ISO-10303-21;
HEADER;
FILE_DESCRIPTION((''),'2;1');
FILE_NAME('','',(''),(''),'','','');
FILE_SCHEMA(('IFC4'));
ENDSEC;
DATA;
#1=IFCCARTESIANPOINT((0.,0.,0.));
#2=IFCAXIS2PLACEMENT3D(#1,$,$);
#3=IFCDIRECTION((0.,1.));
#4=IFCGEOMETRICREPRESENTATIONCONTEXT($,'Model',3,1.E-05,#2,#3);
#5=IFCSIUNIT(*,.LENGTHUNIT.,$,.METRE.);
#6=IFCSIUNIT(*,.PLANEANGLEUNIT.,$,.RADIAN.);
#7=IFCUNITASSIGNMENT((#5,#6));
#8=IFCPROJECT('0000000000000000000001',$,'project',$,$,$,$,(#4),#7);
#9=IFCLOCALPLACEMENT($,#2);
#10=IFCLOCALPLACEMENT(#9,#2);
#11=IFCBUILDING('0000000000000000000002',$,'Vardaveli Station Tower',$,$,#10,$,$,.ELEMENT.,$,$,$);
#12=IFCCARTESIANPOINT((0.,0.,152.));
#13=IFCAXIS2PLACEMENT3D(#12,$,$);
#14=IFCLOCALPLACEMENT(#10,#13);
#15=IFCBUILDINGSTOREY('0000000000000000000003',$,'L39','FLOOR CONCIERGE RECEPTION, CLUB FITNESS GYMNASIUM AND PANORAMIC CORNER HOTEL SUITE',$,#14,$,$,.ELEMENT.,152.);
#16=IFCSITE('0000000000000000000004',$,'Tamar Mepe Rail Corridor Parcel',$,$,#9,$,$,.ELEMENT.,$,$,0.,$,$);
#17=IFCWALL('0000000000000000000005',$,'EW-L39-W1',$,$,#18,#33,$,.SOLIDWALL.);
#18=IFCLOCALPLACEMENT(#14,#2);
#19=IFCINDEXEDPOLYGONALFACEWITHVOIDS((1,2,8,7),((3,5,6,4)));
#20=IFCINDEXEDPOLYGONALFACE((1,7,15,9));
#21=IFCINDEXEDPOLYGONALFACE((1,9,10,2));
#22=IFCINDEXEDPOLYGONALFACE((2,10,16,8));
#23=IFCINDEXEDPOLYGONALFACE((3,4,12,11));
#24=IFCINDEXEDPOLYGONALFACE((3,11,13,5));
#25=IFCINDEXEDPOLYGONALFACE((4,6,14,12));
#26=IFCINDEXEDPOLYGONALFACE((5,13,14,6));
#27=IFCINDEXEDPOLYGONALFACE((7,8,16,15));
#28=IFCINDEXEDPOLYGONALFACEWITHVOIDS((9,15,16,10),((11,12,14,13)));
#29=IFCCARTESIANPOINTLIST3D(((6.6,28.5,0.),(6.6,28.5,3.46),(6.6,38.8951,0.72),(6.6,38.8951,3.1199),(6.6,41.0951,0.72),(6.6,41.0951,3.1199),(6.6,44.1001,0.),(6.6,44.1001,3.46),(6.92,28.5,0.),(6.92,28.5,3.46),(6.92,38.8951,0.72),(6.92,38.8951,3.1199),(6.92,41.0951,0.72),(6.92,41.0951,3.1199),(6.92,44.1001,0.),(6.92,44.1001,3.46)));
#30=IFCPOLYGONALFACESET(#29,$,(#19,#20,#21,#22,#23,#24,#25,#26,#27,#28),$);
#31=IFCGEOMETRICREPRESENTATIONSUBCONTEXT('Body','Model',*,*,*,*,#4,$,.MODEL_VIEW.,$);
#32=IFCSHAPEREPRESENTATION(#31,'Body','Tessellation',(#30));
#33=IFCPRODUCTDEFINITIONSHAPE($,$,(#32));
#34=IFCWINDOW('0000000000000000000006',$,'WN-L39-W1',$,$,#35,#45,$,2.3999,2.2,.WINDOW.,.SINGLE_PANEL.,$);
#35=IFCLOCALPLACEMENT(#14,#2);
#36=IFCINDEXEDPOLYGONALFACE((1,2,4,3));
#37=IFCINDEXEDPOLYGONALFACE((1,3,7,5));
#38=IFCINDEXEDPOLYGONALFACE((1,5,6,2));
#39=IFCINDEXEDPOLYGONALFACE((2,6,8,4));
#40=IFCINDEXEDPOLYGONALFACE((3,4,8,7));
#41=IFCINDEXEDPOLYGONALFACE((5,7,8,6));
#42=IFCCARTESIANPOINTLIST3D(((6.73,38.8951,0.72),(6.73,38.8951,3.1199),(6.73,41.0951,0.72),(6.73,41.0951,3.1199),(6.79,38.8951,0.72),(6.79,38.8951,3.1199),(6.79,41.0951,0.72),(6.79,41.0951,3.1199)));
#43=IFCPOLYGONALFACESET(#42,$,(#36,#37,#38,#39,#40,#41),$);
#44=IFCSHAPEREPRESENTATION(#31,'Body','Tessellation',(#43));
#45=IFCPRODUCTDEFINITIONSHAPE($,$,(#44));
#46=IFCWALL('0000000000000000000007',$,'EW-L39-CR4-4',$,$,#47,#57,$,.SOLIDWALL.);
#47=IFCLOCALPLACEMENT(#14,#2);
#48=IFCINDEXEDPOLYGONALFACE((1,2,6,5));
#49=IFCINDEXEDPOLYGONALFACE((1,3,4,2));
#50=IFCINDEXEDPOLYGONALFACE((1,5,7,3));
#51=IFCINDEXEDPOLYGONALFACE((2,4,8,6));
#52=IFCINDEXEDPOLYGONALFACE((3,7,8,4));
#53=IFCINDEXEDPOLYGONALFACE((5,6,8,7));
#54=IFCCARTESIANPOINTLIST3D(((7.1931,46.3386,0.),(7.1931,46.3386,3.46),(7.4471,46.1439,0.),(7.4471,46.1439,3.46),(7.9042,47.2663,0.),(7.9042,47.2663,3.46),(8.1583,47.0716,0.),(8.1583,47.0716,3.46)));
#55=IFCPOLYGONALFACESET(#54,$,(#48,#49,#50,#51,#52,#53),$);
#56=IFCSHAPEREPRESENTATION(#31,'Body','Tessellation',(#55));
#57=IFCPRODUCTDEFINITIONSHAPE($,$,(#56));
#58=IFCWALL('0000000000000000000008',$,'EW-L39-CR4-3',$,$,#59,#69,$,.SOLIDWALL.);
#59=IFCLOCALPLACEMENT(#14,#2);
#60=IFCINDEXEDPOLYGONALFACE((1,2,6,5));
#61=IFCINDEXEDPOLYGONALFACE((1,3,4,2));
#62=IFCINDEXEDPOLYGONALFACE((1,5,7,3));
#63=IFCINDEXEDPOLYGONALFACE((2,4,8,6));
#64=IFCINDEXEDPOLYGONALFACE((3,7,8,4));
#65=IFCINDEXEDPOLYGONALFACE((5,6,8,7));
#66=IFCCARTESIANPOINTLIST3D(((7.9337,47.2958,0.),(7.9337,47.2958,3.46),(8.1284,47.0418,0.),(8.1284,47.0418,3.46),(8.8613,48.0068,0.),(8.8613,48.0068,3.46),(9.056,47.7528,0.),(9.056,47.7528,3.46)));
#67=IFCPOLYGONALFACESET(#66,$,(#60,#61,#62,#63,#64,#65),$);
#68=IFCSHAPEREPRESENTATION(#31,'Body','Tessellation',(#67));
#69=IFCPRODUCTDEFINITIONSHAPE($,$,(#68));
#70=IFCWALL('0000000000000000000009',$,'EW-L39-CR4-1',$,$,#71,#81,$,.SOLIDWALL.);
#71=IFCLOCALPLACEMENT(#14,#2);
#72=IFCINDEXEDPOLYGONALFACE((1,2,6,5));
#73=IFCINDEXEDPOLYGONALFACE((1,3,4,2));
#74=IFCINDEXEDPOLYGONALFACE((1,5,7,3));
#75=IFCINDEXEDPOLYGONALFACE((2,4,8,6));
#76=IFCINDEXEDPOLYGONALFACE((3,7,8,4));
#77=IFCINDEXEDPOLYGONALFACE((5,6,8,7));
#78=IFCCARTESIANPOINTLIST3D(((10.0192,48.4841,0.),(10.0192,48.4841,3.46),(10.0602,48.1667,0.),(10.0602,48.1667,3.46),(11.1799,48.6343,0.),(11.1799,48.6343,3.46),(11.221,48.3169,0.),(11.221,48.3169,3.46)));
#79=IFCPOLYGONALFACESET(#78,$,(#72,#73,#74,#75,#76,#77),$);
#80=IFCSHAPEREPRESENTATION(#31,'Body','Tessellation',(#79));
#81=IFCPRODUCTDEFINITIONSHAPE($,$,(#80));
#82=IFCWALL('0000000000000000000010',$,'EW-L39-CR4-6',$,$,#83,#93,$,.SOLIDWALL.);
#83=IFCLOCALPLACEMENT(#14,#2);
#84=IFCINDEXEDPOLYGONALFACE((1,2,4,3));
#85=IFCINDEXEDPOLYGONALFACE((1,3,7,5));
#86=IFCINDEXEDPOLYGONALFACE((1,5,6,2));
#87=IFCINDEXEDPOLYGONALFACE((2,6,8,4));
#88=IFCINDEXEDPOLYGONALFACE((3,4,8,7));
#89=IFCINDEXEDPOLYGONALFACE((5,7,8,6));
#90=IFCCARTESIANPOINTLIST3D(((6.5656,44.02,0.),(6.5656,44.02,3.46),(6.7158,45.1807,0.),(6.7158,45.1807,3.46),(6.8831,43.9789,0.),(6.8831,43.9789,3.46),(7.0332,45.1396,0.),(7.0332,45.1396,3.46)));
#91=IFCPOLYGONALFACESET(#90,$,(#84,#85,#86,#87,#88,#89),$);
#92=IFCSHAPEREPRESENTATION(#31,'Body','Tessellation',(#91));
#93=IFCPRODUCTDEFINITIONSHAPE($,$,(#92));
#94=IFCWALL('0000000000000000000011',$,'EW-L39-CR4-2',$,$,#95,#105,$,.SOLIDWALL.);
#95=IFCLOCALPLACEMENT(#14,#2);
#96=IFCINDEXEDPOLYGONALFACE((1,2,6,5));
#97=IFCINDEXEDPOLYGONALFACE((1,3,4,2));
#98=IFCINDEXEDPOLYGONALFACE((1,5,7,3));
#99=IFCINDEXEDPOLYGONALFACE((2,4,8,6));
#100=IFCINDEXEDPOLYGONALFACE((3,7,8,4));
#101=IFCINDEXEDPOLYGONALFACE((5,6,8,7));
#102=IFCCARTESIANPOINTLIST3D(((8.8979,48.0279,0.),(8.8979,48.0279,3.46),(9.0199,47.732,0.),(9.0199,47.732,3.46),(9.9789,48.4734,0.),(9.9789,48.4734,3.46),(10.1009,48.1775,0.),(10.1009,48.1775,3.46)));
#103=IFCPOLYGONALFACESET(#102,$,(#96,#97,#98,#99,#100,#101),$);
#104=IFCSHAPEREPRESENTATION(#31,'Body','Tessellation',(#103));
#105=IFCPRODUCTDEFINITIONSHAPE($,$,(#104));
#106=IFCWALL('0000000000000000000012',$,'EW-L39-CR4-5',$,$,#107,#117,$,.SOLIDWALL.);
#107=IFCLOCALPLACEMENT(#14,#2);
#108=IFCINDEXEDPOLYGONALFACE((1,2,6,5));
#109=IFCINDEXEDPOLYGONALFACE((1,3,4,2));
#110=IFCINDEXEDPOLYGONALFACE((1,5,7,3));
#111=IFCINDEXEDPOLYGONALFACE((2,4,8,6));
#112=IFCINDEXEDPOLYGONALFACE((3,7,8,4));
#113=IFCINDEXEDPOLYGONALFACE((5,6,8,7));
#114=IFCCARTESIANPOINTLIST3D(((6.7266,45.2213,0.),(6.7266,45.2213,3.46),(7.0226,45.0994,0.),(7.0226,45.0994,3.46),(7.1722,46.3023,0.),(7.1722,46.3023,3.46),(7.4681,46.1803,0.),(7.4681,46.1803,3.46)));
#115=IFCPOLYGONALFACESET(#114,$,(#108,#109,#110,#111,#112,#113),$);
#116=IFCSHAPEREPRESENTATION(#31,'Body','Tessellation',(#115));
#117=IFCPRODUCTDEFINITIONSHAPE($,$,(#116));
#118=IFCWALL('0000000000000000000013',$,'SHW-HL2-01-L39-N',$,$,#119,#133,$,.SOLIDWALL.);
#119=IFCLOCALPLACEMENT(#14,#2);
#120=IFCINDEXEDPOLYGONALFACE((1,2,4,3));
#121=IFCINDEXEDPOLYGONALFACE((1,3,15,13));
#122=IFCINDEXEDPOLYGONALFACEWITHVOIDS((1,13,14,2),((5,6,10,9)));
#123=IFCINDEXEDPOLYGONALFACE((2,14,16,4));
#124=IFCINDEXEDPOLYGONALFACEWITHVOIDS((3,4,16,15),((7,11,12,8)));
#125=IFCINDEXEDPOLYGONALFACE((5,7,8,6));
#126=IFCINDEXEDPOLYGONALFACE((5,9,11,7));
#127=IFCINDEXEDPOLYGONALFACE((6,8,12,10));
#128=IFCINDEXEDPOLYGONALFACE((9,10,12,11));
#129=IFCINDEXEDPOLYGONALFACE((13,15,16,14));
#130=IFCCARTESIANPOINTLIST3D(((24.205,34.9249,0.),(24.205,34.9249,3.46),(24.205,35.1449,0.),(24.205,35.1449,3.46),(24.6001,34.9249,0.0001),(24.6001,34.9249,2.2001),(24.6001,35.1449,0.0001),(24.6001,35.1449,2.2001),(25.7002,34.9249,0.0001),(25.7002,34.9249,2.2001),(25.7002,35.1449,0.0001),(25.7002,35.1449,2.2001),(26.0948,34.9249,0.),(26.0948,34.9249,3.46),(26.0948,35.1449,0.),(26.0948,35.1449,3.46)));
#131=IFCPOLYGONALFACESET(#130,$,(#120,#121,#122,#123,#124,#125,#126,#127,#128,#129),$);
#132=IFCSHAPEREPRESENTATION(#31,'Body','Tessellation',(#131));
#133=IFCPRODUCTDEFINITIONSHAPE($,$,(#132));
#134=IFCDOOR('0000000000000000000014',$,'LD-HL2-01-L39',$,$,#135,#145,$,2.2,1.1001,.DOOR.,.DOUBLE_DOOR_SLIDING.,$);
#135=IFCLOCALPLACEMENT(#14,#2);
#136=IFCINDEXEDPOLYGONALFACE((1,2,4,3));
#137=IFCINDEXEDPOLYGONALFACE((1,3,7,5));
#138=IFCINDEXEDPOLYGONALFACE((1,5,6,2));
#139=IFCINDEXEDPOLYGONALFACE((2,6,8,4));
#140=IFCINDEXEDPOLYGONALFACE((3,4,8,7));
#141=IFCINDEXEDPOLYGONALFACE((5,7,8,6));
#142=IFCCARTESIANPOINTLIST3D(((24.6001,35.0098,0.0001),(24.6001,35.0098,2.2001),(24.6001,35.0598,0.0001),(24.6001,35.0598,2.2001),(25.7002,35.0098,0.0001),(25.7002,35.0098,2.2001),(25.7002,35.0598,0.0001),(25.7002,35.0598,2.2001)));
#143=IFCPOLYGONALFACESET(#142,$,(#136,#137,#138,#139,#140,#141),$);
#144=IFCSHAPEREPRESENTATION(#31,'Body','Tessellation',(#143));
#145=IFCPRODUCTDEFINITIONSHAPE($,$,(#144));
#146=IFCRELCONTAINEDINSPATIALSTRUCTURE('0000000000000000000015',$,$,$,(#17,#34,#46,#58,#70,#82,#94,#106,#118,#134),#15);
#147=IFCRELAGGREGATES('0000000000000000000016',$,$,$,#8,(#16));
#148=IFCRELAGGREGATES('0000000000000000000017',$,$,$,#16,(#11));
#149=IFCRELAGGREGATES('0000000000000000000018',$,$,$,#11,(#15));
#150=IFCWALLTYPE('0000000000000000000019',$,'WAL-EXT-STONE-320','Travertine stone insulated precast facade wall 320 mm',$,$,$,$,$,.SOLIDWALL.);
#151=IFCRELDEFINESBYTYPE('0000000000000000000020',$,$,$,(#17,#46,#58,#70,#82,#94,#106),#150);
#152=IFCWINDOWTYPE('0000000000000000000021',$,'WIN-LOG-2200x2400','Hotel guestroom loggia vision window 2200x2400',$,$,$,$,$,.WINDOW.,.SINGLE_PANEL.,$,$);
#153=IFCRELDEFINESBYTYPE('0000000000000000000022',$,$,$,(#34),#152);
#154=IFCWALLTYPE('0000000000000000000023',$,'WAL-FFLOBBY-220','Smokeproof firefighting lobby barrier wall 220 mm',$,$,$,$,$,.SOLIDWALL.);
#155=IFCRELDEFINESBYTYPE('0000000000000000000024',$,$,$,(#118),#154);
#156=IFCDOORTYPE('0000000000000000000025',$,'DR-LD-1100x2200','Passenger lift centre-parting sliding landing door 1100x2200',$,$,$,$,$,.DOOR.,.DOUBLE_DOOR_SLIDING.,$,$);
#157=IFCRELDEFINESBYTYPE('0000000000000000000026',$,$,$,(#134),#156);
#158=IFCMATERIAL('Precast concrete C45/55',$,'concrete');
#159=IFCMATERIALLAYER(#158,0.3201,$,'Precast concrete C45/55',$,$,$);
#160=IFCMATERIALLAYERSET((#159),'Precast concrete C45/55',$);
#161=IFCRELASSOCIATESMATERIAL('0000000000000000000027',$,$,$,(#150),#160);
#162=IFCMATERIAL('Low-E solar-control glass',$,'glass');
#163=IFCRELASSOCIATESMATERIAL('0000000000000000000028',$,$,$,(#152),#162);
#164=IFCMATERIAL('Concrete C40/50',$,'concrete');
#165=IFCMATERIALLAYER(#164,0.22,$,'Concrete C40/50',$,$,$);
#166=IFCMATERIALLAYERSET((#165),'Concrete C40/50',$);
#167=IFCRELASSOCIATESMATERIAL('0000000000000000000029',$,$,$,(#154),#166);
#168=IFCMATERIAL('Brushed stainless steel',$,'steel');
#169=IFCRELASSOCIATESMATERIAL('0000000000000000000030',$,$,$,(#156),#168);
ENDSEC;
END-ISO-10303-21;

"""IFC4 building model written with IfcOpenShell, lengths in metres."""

from ifc_helpers import new_model, si_unit, direction, frame, frame_2d, origin, place, context, subcontext, project, spatial, rectangle, extrude, source, transform, mapped, material, layer, layer_set, type_object, element, fill, save


model = new_model("IFC4")

# Units and contexts
model_context = context("Model", 3, precision=1e-05, world=origin(), true_north=direction((0.0, 1.0)))
body_context = subcontext(model_context, "Body", "Model", "MODEL_VIEW")
ifc_project = project(units=[si_unit("LENGTHUNIT", "METRE"), si_unit("PLANEANGLEUNIT", "RADIAN")], contexts=[model_context])

# Site, building, storey
site_placement = place(None, origin())
site = spatial("IfcSite", under=ifc_project, at=site_placement, Name="Tamar Mepe Rail Corridor Parcel", CompositionType="ELEMENT", RefElevation=0.0)
building_placement = place(site_placement, origin())
building = spatial("IfcBuilding", under=site, at=building_placement, Name="Vardaveli Station Tower", CompositionType="ELEMENT")
storey_placement = place(building_placement, frame((0.0, 0.0, 152.0)))
storey = spatial("IfcBuildingStorey", under=building, at=storey_placement, Name="L39", Description="FLOOR CONCIERGE RECEPTION, CLUB FITNESS GYMNASIUM AND PANORAMIC CORNER HOTEL SUITE", CompositionType="ELEMENT", Elevation=152.0)

# Shared definitions
ifc_material_1 = material(Name="Precast concrete C45/55", Category="concrete")

# Wall, opening, window
ifc_layer_1 = layer(ifc_material_1, 0.3201, Name="Precast concrete C45/55")
ifc_layer_set_1 = layer_set([ifc_layer_1], Name="Precast concrete C45/55")
wall_type_1 = type_object("IfcWallType", Name="WAL-EXT-STONE-320", Description="Travertine stone insulated precast facade wall 320 mm", PredefinedType="SOLIDWALL", material=ifc_layer_set_1)
shared_shape_1 = source(origin(), body_context, "Body", "SweptSolid", [
    extrude(rectangle(XDim=15.6001, YDim=0.3201, at=frame_2d((7.8, 0.0))), origin(), (0.0, 0.0, 1.0), 3.46),
])
wall_1_placement = place(storey_placement, frame((6.76, 44.1001, 0.0), z_axis=(0.0, 0.0, 1.0), x_axis=(0.0, -1.0, 0.0)))
wall_1 = element("IfcWall", 1, at=wall_1_placement, inside=storey, type_object=wall_type_1, Name="EW-L39-W1", PredefinedType="SOLIDWALL", context=body_context, shape_type="MappedRepresentation", body=[
    mapped(shared_shape_1, transform((0.0, 0.0, 0.0), scale=1.0)),
])
shared_shape_2 = source(origin(), body_context, "Body", "SweptSolid", [
    extrude(rectangle(XDim=2.2, YDim=2.3999, at=frame_2d((1.1001, 1.2))), frame((0.0, 0.1699, 0.0), z_axis=(0.0, -1.0, 0.0), x_axis=(1.0, 0.0, 0.0)), (0.0, 0.0, 1.0), 0.3401),
])
opening_1_placement = place(wall_1_placement, frame((3.0049, 0.0, 0.72)))
opening_1 = element("IfcOpeningElement", 2, at=opening_1_placement, cuts=wall_1, PredefinedType="OPENING", context=body_context, shape_type="MappedRepresentation", body=[
    mapped(shared_shape_2, transform((0.0, 0.0, 0.0), scale=1.0)),
])
ifc_material_2 = material(Name="Low-E solar-control glass", Category="glass")
window_type = type_object("IfcWindowType", Name="WIN-LOG-2200x2400", Description="Hotel guestroom loggia vision window 2200x2400", PartitioningType="SINGLE_PANEL", PredefinedType="WINDOW", material=ifc_material_2)
shared_shape_3 = source(origin(), body_context, "Body", "SweptSolid", [
    extrude(rectangle(XDim=2.2, YDim=2.3999, at=frame_2d((1.1001, 1.2))), frame((0.0, 0.03, 0.0), z_axis=(0.0, -1.0, 0.0), x_axis=(1.0, 0.0, 0.0)), (0.0, 0.0, 1.0), 0.0601),
])
window_placement = place(opening_1_placement, origin())
window = element("IfcWindow", 3, at=window_placement, inside=storey, type_object=window_type, Name="WN-L39-W1", OverallHeight=2.3999, OverallWidth=2.2, PartitioningType="SINGLE_PANEL", PredefinedType="WINDOW", context=body_context, shape_type="MappedRepresentation", body=[
    mapped(shared_shape_3, transform((0.0, 0.0, 0.0), scale=1.0)),
])
fill(opening_1, window)

# Walls
shared_shape_4 = source(origin(), body_context, "Body", "SweptSolid", [
    extrude(rectangle(XDim=1.1689, YDim=0.3201, at=frame_2d((0.5845, 0.0))), origin(), (0.0, 0.0, 1.0), 3.46),
])
wall_2_placement = place(storey_placement, frame((8.0312, 47.1689, 0.0), z_axis=(0.0, 0.0, 1.0), x_axis=(-0.608388, -0.79364, 0.0)))
element("IfcWall", 4, at=wall_2_placement, inside=storey, type_object=wall_type_1, Name="EW-L39-CR4-4", PredefinedType="SOLIDWALL", context=body_context, shape_type="MappedRepresentation", body=[
    mapped(shared_shape_4, transform((0.0, 0.0, 0.0), scale=1.0)),
])
shared_shape_5 = source(origin(), body_context, "Body", "SweptSolid", [
    extrude(rectangle(XDim=1.1687, YDim=0.3201, at=frame_2d((0.5845, 0.0))), origin(), (0.0, 0.0, 1.0), 3.46),
])
wall_3_placement = place(storey_placement, frame((8.9587, 47.8799, 0.0), z_axis=(0.0, 0.0, 1.0), x_axis=(-0.793664, -0.608357, 0.0)))
element("IfcWall", 5, at=wall_3_placement, inside=storey, type_object=wall_type_1, Name="EW-L39-CR4-3", PredefinedType="SOLIDWALL", context=body_context, shape_type="MappedRepresentation", body=[
    mapped(shared_shape_5, transform((0.0, 0.0, 0.0), scale=1.0)),
])
shared_shape_6 = source(origin(), body_context, "Body", "SweptSolid", [
    extrude(rectangle(XDim=1.1704, YDim=0.3201, at=frame_2d((0.5852, 0.0))), origin(), (0.0, 0.0, 1.0), 3.46),
])
for number, where, z_axis, x_axis, name in (
    (6, (11.2004, 48.4756, 0.0), (0.0, 0.0, 1.0), (-0.991736, -0.128296, 0.0), "EW-L39-CR4-1"),
    (7, (6.8745, 45.1602, 0.0), (0.0, 0.0, 1.0), (-0.128296, -0.991736, 0.0), "EW-L39-CR4-6"),
):
    element("IfcWall", number, at=place(storey_placement, frame(where, z_axis=z_axis, x_axis=x_axis)), inside=storey, type_object=wall_type_1, Name=name, PredefinedType="SOLIDWALL", context=body_context, shape_type="MappedRepresentation", body=[
        mapped(shared_shape_6, transform((0.0, 0.0, 0.0), scale=1.0)),
    ])
shared_shape_7 = source(origin(), body_context, "Body", "SweptSolid", [
    extrude(rectangle(XDim=1.1692, YDim=0.3201, at=frame_2d((0.5845, 0.0))), origin(), (0.0, 0.0, 1.0), 3.46),
])
for number, where, z_axis, x_axis, name in (
    (8, (10.0398, 48.3254, 0.0), (0.0, 0.0, 1.0), (-0.924553, -0.381054, 0.0), "EW-L39-CR4-2"),
    (9, (7.3201, 46.2412, 0.0), (0.0, 0.0, 1.0), (-0.381054, -0.924553, 0.0), "EW-L39-CR4-5"),
):
    element("IfcWall", number, at=place(storey_placement, frame(where, z_axis=z_axis, x_axis=x_axis)), inside=storey, type_object=wall_type_1, Name=name, PredefinedType="SOLIDWALL", context=body_context, shape_type="MappedRepresentation", body=[
        mapped(shared_shape_7, transform((0.0, 0.0, 0.0), scale=1.0)),
    ])

# Wall, opening, door
ifc_material_3 = material(Name="Concrete C40/50", Category="concrete")
ifc_layer_2 = layer(ifc_material_3, 0.22, Name="Concrete C40/50")
ifc_layer_set_2 = layer_set([ifc_layer_2], Name="Concrete C40/50")
wall_type_2 = type_object("IfcWallType", Name="WAL-FFLOBBY-220", Description="Smokeproof firefighting lobby barrier wall 220 mm", PredefinedType="SOLIDWALL", material=ifc_layer_set_2)
shared_shape_8 = source(origin(), body_context, "Body", "SweptSolid", [
    extrude(rectangle(XDim=1.8899, YDim=0.22, at=frame_2d((0.9448, 0.0))), origin(), (0.0, 0.0, 1.0), 3.46),
])
wall_4_placement = place(storey_placement, frame((24.2051, 35.0349, 0.0), z_axis=(0.0, 0.0, 1.0), x_axis=(1.0, 0.0, 0.0)))
wall_4 = element("IfcWall", 10, at=wall_4_placement, inside=storey, type_object=wall_type_2, Name="SHW-HL2-01-L39-N", PredefinedType="SOLIDWALL", context=body_context, shape_type="MappedRepresentation", body=[
    mapped(shared_shape_8, transform((0.0, 0.0, 0.0), scale=1.0)),
])
shared_shape_9 = source(origin(), body_context, "Body", "SweptSolid", [
    extrude(rectangle(XDim=1.1001, YDim=2.2, at=frame_2d((0.55, 1.1001))), frame((0.0, 0.1201, 0.0), z_axis=(0.0, -1.0, 0.0), x_axis=(1.0, 0.0, 0.0)), (0.0, 0.0, 1.0), 0.24),
])
opening_2_placement = place(wall_4_placement, frame((0.395, 0.0, 0.0)))
opening_2 = element("IfcOpeningElement", 11, at=opening_2_placement, cuts=wall_4, PredefinedType="OPENING", context=body_context, shape_type="MappedRepresentation", body=[
    mapped(shared_shape_9, transform((0.0, 0.0, 0.0), scale=1.0)),
])
ifc_material_4 = material(Name="Brushed stainless steel", Category="steel")
door_type_1 = type_object("IfcDoorType", Name="DR-LD-1100x2200", Description="Passenger lift centre-parting sliding landing door 1100x2200", OperationType="DOUBLE_DOOR_SLIDING", PredefinedType="DOOR", material=ifc_material_4)
shared_shape_10 = source(origin(), body_context, "Body", "SweptSolid", [
    extrude(rectangle(XDim=1.1001, YDim=2.2, at=frame_2d((0.55, 1.1001))), frame((0.0, 0.0249, 0.0), z_axis=(0.0, -1.0, 0.0), x_axis=(1.0, 0.0, 0.0)), (0.0, 0.0, 1.0), 0.05),
])
door_1_placement = place(opening_2_placement, origin())
door_1 = element("IfcDoor", 12, at=door_1_placement, inside=storey, type_object=door_type_1, Name="LD-HL2-01-L39", OperationType="DOUBLE_DOOR_SLIDING", OverallHeight=2.2, OverallWidth=1.1001, PredefinedType="DOOR", context=body_context, shape_type="MappedRepresentation", body=[
    mapped(shared_shape_10, transform((0.0, 0.0, 0.0), scale=1.0)),
])
fill(opening_2, door_1)

save(model, "model.ifc")
